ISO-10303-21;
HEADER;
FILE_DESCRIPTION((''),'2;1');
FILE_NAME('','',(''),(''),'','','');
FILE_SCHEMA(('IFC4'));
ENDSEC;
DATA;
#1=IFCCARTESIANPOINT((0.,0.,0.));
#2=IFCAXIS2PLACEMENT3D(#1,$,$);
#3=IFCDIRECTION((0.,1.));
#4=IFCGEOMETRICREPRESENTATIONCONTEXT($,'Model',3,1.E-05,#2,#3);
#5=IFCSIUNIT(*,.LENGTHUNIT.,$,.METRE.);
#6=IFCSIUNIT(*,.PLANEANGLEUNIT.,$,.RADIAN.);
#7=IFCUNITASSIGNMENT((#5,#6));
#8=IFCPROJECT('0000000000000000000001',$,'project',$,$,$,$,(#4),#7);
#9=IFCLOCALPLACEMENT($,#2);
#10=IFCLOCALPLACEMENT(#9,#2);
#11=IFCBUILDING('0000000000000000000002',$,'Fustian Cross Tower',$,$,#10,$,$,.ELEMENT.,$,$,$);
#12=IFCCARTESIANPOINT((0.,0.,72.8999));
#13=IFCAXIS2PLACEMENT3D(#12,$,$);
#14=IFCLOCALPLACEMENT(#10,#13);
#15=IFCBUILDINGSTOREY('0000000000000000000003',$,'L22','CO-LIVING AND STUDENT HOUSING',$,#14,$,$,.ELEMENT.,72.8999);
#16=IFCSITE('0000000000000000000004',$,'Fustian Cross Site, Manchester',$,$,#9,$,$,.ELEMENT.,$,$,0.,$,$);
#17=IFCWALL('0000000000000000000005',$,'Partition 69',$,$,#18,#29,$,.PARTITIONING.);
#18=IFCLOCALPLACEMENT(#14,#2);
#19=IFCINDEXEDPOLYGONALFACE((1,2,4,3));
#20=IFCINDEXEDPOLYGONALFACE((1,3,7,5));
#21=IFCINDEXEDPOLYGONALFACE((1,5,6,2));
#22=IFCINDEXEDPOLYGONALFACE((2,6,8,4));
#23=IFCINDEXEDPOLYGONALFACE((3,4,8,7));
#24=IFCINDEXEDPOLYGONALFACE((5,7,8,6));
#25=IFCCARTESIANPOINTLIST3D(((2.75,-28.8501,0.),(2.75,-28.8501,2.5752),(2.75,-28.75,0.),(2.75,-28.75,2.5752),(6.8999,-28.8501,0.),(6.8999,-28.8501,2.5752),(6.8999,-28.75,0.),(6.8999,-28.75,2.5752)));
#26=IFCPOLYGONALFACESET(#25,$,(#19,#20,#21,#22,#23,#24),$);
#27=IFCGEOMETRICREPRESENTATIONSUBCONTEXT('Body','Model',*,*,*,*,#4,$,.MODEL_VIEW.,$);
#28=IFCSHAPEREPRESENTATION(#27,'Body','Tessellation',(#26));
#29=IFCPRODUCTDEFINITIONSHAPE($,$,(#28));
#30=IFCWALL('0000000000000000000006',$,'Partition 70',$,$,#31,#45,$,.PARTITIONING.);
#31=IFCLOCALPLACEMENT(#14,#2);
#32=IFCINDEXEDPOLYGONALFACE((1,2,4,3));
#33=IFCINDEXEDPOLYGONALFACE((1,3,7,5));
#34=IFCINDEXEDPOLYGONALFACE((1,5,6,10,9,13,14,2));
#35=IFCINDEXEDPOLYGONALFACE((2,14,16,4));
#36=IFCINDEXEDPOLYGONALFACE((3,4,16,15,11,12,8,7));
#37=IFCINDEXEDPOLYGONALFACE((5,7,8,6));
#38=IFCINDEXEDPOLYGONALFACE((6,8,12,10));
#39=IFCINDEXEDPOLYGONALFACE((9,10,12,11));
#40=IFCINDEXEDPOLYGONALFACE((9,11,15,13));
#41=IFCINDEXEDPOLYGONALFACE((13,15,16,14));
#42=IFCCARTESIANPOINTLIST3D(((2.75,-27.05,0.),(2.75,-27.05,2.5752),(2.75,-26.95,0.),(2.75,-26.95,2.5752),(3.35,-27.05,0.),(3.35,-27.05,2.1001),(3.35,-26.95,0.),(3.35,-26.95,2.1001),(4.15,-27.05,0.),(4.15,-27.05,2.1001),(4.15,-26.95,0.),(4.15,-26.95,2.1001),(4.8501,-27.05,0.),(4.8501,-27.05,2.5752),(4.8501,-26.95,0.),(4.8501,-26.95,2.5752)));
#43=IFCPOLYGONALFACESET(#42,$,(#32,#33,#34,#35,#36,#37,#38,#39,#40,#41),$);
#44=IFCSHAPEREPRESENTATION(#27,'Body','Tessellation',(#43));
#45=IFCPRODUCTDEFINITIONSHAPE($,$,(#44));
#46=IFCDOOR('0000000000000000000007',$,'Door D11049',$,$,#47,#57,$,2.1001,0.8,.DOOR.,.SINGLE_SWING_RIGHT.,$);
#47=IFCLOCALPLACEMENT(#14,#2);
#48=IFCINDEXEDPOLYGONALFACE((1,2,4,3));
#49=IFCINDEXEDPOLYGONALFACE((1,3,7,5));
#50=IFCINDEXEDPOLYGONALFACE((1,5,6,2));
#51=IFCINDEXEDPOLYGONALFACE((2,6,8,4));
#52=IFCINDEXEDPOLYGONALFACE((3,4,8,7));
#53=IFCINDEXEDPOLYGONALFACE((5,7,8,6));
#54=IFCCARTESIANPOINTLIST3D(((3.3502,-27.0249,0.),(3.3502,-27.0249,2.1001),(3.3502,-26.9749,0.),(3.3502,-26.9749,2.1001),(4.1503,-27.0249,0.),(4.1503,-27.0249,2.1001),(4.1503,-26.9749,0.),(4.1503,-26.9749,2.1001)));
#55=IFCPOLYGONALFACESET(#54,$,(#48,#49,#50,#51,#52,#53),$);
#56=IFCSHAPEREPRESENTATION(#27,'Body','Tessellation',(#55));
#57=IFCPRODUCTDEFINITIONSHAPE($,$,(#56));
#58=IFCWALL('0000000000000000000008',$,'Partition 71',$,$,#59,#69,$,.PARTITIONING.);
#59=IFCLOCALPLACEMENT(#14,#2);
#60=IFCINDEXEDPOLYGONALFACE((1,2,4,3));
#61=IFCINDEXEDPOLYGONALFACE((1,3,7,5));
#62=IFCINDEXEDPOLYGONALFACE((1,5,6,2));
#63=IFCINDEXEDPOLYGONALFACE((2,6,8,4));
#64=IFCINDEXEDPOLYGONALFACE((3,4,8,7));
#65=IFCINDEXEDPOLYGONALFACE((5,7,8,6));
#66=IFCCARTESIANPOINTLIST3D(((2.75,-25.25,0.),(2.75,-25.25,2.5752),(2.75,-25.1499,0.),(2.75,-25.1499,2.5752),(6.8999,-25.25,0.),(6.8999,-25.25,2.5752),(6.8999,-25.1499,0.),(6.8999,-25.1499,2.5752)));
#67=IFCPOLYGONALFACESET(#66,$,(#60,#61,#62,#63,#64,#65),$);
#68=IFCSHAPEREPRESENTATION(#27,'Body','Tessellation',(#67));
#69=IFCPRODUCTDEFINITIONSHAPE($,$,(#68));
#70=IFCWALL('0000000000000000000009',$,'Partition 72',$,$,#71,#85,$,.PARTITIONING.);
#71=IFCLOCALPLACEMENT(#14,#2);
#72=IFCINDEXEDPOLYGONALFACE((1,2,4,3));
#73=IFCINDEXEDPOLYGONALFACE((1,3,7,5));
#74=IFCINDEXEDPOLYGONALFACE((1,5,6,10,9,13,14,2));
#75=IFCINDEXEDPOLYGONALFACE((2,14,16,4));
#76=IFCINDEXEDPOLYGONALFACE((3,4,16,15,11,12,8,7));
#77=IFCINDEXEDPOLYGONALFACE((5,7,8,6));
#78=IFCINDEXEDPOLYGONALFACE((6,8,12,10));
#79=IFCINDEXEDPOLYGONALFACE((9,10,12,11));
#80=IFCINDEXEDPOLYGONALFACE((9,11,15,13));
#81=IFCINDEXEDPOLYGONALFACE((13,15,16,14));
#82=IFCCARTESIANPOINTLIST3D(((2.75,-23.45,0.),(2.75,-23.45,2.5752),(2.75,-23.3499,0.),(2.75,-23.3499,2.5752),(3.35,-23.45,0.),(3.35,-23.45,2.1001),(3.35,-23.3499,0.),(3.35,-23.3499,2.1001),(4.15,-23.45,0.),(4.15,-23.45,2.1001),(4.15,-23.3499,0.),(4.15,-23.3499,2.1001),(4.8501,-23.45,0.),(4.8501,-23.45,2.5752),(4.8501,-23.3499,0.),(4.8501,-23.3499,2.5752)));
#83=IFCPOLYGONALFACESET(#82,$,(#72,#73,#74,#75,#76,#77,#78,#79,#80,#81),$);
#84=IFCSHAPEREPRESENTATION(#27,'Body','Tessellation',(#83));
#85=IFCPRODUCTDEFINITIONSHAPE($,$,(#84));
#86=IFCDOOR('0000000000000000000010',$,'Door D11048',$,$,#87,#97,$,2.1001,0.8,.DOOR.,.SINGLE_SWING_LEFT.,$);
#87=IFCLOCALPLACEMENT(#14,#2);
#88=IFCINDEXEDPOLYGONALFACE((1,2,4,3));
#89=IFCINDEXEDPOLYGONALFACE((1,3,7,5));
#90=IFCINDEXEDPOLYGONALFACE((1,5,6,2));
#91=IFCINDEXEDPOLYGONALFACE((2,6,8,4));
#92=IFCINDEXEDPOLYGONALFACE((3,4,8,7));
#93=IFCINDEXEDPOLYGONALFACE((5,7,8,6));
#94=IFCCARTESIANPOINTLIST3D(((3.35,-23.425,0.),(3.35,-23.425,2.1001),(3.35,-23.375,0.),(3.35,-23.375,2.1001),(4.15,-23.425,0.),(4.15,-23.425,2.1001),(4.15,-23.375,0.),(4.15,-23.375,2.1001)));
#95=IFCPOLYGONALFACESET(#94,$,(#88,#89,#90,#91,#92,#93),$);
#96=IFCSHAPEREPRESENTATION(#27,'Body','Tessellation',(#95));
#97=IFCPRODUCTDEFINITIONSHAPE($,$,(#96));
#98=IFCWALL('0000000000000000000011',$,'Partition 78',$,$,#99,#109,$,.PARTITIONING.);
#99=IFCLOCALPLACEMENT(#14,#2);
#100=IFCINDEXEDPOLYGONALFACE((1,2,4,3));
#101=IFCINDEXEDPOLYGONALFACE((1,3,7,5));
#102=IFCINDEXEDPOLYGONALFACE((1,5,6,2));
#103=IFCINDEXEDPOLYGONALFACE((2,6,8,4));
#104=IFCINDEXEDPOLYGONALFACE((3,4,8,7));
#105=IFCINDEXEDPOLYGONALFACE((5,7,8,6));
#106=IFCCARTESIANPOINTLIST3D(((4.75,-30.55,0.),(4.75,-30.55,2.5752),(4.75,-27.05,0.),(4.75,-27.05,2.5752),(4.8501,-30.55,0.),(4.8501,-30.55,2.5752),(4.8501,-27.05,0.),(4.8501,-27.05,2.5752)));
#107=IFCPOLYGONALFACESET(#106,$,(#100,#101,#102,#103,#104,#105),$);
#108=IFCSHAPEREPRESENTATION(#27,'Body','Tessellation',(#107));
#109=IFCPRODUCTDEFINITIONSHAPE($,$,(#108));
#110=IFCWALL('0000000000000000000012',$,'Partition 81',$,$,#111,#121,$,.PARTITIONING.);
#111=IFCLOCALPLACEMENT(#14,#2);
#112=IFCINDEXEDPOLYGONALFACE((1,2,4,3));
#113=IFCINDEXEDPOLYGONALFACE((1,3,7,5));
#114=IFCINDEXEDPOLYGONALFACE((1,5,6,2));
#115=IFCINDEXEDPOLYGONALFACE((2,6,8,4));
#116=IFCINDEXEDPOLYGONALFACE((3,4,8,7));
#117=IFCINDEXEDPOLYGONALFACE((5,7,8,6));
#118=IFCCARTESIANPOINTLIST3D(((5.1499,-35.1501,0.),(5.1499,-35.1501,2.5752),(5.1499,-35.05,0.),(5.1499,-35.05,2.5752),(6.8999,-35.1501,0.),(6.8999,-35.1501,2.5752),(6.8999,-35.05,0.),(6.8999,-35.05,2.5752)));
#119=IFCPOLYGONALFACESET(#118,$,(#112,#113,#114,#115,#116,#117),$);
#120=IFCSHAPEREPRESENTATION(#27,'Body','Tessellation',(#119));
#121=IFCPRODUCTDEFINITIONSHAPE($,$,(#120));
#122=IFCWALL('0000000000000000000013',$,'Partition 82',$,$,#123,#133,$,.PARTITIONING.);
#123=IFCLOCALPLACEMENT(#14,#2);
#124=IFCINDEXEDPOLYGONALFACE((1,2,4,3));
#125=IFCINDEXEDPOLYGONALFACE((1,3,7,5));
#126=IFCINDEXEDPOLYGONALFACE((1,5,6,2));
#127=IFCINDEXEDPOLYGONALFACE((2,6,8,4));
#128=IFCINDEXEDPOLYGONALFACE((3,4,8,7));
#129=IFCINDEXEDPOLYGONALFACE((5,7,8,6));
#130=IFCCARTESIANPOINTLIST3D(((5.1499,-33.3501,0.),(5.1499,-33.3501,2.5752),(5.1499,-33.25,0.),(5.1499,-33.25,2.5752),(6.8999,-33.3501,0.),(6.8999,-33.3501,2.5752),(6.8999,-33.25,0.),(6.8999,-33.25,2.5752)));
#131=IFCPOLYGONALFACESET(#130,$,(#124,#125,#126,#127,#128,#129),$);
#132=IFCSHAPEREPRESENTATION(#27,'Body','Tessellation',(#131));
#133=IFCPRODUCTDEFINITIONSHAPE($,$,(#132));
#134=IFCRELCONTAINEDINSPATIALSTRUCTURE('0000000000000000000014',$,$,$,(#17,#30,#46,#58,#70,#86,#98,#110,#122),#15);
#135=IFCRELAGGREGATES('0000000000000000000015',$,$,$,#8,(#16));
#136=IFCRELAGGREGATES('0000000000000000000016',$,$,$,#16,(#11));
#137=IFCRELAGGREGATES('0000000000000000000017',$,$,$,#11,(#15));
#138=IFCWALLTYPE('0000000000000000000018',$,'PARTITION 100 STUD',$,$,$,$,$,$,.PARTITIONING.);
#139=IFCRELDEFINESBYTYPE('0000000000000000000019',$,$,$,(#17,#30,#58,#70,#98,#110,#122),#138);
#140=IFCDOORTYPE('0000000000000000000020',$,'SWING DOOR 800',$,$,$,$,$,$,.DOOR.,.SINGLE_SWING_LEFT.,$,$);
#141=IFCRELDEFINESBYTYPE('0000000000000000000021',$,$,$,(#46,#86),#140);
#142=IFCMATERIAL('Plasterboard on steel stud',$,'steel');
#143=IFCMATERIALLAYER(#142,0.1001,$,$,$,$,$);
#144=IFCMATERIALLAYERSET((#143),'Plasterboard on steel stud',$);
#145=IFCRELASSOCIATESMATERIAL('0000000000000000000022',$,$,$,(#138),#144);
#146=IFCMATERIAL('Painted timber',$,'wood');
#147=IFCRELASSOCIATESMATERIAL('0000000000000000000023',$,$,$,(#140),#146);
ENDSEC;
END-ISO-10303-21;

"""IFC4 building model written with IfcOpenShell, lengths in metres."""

from ifc_helpers import new_model, si_unit, direction, frame, frame_2d, origin, place, context, subcontext, project, spatial, rectangle, extrude, material, layer, layer_set, type_object, element, fill, save


model = new_model("IFC4")

# Units and contexts
model_context = context("Model", 3, precision=1e-05, world=origin(), true_north=direction((0.0, 1.0)))
body_context = subcontext(model_context, "Body", "Model", "MODEL_VIEW")
ifc_project = project(units=[si_unit("LENGTHUNIT", "METRE"), si_unit("PLANEANGLEUNIT", "RADIAN")], contexts=[model_context])

# Site, building, storey
site_placement = place(None, origin())
site = spatial("IfcSite", under=ifc_project, at=site_placement, Name="Fustian Cross Site, Manchester", CompositionType="ELEMENT", RefElevation=0.0)
building_placement = place(site_placement, origin())
building = spatial("IfcBuilding", under=site, at=building_placement, Name="Fustian Cross Tower", CompositionType="ELEMENT")
storey_placement = place(building_placement, frame((0.0, 0.0, 72.8999)))
storey = spatial("IfcBuildingStorey", under=building, at=storey_placement, Name="L22", Description="CO-LIVING AND STUDENT HOUSING", CompositionType="ELEMENT", Elevation=72.8999)

# Shared definitions
ifc_material_1 = material(Name="Plasterboard on steel stud", Category="steel")
ifc_layer = layer(ifc_material_1, 0.1001)
ifc_layer_set = layer_set([ifc_layer], Name="Plasterboard on steel stud")
wall_type = type_object("IfcWallType", Name="PARTITION 100 STUD", PredefinedType="PARTITIONING", material=ifc_layer_set)

# Shared definitions
ifc_material_2 = material(Name="Painted timber", Category="wood")
door_type_1 = type_object("IfcDoorType", Name="SWING DOOR 800", OperationType="SINGLE_SWING_LEFT", PredefinedType="DOOR", material=ifc_material_2)

# Wall
wall_1_placement = place(storey_placement, frame((2.75, -28.8, 0.0), z_axis=(0.0, 0.0, 1.0), x_axis=(1.0, 0.0, 0.0)))
element("IfcWall", 1, at=wall_1_placement, inside=storey, type_object=wall_type, Name="Partition 69", PredefinedType="PARTITIONING", context=body_context, shape_type="SweptSolid", body=[
    extrude(rectangle(XDim=4.1499, YDim=0.1001, at=frame_2d((2.075, 0.0))), origin(), (0.0, 0.0, 1.0), 2.5752),
])

# Wall, opening, door
wall_2_placement = place(storey_placement, frame((2.75, -27.0, 0.0), z_axis=(0.0, 0.0, 1.0), x_axis=(1.0, 0.0, 0.0)))
wall_2 = element("IfcWall", 2, at=wall_2_placement, inside=storey, type_object=wall_type, Name="Partition 70", PredefinedType="PARTITIONING", context=body_context, shape_type="SweptSolid", body=[
    extrude(rectangle(XDim=2.1001, YDim=0.1001, at=frame_2d((1.05, 0.0))), origin(), (0.0, 0.0, 1.0), 2.5752),
])
opening_1_placement = place(wall_2_placement, frame((0.6001, 0.0, 0.0)))
opening_1 = element("IfcOpeningElement", 3, at=opening_1_placement, cuts=wall_2, PredefinedType="OPENING", context=body_context, shape_type="SweptSolid", body=[
    extrude(rectangle(XDim=0.8, YDim=2.1001, at=frame_2d((0.3999, 1.05))), frame((0.0, 0.0601, 0.0), z_axis=(0.0, -1.0, 0.0), x_axis=(1.0, 0.0, 0.0)), (0.0, 0.0, 1.0), 0.1201),
])
door_1_placement = place(opening_1_placement, frame((0.8, 0.0, 0.0), z_axis=(0.0, 0.0, 1.0), x_axis=(-1.0, 0.0, 0.0)))
door_1 = element("IfcDoor", 4, at=door_1_placement, inside=storey, type_object=door_type_1, Name="Door D11049", OperationType="SINGLE_SWING_RIGHT", OverallHeight=2.1001, OverallWidth=0.8, PredefinedType="DOOR", context=body_context, shape_type="SweptSolid", body=[
    extrude(rectangle(XDim=0.8, YDim=2.1001, at=frame_2d((0.3999, 1.05))), frame((0.0, 0.0249, 0.0), z_axis=(0.0, -1.0, 0.0), x_axis=(1.0, 0.0, 0.0)), (0.0, 0.0, 1.0), 0.05),
])
fill(opening_1, door_1)

# Wall
wall_3_placement = place(storey_placement, frame((2.75, -25.2, 0.0), z_axis=(0.0, 0.0, 1.0), x_axis=(1.0, 0.0, 0.0)))
element("IfcWall", 5, at=wall_3_placement, inside=storey, type_object=wall_type, Name="Partition 71", PredefinedType="PARTITIONING", context=body_context, shape_type="SweptSolid", body=[
    extrude(rectangle(XDim=4.1499, YDim=0.1001, at=frame_2d((2.075, 0.0))), origin(), (0.0, 0.0, 1.0), 2.5752),
])

# Wall, opening, door
wall_4_placement = place(storey_placement, frame((2.75, -23.3999, 0.0), z_axis=(0.0, 0.0, 1.0), x_axis=(1.0, 0.0, 0.0)))
wall_4 = element("IfcWall", 6, at=wall_4_placement, inside=storey, type_object=wall_type, Name="Partition 72", PredefinedType="PARTITIONING", context=body_context, shape_type="SweptSolid", body=[
    extrude(rectangle(XDim=2.1001, YDim=0.1001, at=frame_2d((1.05, 0.0))), origin(), (0.0, 0.0, 1.0), 2.5752),
])
opening_2_placement = place(wall_4_placement, frame((0.6001, 0.0, 0.0)))
opening_2 = element("IfcOpeningElement", 7, at=opening_2_placement, cuts=wall_4, PredefinedType="OPENING", context=body_context, shape_type="SweptSolid", body=[
    extrude(rectangle(XDim=0.8, YDim=2.1001, at=frame_2d((0.3999, 1.05))), frame((0.0, 0.0601, 0.0), z_axis=(0.0, -1.0, 0.0), x_axis=(1.0, 0.0, 0.0)), (0.0, 0.0, 1.0), 0.1201),
])
door_2_placement = place(opening_2_placement, origin())
door_2 = element("IfcDoor", 8, at=door_2_placement, inside=storey, type_object=door_type_1, Name="Door D11048", OperationType="SINGLE_SWING_LEFT", OverallHeight=2.1001, OverallWidth=0.8, PredefinedType="DOOR", context=body_context, shape_type="SweptSolid", body=[
    extrude(rectangle(XDim=0.8, YDim=2.1001, at=frame_2d((0.3999, 1.05))), frame((0.0, 0.0249, 0.0), z_axis=(0.0, -1.0, 0.0), x_axis=(1.0, 0.0, 0.0)), (0.0, 0.0, 1.0), 0.05),
])
fill(opening_2, door_2)

# Walls
wall_5_placement = place(storey_placement, frame((4.8, -30.55, 0.0), z_axis=(0.0, 0.0, 1.0), x_axis=(0.0, 1.0, 0.0)))
element("IfcWall", 9, at=wall_5_placement, inside=storey, type_object=wall_type, Name="Partition 78", PredefinedType="PARTITIONING", context=body_context, shape_type="SweptSolid", body=[
    extrude(rectangle(XDim=3.5, YDim=0.1001, at=frame_2d((1.75, 0.0))), origin(), (0.0, 0.0, 1.0), 2.5752),
])
for number, where, z_axis, x_axis, name in (
    (10, (5.1499, -35.1001, 0.0), (0.0, 0.0, 1.0), (1.0, 0.0, 0.0), "Partition 81"),
    (11, (5.1499, -33.3, 0.0), (0.0, 0.0, 1.0), (1.0, 0.0, 0.0), "Partition 82"),
):
    element("IfcWall", number, at=place(storey_placement, frame(where, z_axis=z_axis, x_axis=x_axis)), inside=storey, type_object=wall_type, Name=name, PredefinedType="PARTITIONING", context=body_context, shape_type="SweptSolid", body=[
        extrude(rectangle(XDim=1.75, YDim=0.1001, at=frame_2d((0.875, 0.0))), origin(), (0.0, 0.0, 1.0), 2.5752),
    ])

save(model, "model.ifc")
